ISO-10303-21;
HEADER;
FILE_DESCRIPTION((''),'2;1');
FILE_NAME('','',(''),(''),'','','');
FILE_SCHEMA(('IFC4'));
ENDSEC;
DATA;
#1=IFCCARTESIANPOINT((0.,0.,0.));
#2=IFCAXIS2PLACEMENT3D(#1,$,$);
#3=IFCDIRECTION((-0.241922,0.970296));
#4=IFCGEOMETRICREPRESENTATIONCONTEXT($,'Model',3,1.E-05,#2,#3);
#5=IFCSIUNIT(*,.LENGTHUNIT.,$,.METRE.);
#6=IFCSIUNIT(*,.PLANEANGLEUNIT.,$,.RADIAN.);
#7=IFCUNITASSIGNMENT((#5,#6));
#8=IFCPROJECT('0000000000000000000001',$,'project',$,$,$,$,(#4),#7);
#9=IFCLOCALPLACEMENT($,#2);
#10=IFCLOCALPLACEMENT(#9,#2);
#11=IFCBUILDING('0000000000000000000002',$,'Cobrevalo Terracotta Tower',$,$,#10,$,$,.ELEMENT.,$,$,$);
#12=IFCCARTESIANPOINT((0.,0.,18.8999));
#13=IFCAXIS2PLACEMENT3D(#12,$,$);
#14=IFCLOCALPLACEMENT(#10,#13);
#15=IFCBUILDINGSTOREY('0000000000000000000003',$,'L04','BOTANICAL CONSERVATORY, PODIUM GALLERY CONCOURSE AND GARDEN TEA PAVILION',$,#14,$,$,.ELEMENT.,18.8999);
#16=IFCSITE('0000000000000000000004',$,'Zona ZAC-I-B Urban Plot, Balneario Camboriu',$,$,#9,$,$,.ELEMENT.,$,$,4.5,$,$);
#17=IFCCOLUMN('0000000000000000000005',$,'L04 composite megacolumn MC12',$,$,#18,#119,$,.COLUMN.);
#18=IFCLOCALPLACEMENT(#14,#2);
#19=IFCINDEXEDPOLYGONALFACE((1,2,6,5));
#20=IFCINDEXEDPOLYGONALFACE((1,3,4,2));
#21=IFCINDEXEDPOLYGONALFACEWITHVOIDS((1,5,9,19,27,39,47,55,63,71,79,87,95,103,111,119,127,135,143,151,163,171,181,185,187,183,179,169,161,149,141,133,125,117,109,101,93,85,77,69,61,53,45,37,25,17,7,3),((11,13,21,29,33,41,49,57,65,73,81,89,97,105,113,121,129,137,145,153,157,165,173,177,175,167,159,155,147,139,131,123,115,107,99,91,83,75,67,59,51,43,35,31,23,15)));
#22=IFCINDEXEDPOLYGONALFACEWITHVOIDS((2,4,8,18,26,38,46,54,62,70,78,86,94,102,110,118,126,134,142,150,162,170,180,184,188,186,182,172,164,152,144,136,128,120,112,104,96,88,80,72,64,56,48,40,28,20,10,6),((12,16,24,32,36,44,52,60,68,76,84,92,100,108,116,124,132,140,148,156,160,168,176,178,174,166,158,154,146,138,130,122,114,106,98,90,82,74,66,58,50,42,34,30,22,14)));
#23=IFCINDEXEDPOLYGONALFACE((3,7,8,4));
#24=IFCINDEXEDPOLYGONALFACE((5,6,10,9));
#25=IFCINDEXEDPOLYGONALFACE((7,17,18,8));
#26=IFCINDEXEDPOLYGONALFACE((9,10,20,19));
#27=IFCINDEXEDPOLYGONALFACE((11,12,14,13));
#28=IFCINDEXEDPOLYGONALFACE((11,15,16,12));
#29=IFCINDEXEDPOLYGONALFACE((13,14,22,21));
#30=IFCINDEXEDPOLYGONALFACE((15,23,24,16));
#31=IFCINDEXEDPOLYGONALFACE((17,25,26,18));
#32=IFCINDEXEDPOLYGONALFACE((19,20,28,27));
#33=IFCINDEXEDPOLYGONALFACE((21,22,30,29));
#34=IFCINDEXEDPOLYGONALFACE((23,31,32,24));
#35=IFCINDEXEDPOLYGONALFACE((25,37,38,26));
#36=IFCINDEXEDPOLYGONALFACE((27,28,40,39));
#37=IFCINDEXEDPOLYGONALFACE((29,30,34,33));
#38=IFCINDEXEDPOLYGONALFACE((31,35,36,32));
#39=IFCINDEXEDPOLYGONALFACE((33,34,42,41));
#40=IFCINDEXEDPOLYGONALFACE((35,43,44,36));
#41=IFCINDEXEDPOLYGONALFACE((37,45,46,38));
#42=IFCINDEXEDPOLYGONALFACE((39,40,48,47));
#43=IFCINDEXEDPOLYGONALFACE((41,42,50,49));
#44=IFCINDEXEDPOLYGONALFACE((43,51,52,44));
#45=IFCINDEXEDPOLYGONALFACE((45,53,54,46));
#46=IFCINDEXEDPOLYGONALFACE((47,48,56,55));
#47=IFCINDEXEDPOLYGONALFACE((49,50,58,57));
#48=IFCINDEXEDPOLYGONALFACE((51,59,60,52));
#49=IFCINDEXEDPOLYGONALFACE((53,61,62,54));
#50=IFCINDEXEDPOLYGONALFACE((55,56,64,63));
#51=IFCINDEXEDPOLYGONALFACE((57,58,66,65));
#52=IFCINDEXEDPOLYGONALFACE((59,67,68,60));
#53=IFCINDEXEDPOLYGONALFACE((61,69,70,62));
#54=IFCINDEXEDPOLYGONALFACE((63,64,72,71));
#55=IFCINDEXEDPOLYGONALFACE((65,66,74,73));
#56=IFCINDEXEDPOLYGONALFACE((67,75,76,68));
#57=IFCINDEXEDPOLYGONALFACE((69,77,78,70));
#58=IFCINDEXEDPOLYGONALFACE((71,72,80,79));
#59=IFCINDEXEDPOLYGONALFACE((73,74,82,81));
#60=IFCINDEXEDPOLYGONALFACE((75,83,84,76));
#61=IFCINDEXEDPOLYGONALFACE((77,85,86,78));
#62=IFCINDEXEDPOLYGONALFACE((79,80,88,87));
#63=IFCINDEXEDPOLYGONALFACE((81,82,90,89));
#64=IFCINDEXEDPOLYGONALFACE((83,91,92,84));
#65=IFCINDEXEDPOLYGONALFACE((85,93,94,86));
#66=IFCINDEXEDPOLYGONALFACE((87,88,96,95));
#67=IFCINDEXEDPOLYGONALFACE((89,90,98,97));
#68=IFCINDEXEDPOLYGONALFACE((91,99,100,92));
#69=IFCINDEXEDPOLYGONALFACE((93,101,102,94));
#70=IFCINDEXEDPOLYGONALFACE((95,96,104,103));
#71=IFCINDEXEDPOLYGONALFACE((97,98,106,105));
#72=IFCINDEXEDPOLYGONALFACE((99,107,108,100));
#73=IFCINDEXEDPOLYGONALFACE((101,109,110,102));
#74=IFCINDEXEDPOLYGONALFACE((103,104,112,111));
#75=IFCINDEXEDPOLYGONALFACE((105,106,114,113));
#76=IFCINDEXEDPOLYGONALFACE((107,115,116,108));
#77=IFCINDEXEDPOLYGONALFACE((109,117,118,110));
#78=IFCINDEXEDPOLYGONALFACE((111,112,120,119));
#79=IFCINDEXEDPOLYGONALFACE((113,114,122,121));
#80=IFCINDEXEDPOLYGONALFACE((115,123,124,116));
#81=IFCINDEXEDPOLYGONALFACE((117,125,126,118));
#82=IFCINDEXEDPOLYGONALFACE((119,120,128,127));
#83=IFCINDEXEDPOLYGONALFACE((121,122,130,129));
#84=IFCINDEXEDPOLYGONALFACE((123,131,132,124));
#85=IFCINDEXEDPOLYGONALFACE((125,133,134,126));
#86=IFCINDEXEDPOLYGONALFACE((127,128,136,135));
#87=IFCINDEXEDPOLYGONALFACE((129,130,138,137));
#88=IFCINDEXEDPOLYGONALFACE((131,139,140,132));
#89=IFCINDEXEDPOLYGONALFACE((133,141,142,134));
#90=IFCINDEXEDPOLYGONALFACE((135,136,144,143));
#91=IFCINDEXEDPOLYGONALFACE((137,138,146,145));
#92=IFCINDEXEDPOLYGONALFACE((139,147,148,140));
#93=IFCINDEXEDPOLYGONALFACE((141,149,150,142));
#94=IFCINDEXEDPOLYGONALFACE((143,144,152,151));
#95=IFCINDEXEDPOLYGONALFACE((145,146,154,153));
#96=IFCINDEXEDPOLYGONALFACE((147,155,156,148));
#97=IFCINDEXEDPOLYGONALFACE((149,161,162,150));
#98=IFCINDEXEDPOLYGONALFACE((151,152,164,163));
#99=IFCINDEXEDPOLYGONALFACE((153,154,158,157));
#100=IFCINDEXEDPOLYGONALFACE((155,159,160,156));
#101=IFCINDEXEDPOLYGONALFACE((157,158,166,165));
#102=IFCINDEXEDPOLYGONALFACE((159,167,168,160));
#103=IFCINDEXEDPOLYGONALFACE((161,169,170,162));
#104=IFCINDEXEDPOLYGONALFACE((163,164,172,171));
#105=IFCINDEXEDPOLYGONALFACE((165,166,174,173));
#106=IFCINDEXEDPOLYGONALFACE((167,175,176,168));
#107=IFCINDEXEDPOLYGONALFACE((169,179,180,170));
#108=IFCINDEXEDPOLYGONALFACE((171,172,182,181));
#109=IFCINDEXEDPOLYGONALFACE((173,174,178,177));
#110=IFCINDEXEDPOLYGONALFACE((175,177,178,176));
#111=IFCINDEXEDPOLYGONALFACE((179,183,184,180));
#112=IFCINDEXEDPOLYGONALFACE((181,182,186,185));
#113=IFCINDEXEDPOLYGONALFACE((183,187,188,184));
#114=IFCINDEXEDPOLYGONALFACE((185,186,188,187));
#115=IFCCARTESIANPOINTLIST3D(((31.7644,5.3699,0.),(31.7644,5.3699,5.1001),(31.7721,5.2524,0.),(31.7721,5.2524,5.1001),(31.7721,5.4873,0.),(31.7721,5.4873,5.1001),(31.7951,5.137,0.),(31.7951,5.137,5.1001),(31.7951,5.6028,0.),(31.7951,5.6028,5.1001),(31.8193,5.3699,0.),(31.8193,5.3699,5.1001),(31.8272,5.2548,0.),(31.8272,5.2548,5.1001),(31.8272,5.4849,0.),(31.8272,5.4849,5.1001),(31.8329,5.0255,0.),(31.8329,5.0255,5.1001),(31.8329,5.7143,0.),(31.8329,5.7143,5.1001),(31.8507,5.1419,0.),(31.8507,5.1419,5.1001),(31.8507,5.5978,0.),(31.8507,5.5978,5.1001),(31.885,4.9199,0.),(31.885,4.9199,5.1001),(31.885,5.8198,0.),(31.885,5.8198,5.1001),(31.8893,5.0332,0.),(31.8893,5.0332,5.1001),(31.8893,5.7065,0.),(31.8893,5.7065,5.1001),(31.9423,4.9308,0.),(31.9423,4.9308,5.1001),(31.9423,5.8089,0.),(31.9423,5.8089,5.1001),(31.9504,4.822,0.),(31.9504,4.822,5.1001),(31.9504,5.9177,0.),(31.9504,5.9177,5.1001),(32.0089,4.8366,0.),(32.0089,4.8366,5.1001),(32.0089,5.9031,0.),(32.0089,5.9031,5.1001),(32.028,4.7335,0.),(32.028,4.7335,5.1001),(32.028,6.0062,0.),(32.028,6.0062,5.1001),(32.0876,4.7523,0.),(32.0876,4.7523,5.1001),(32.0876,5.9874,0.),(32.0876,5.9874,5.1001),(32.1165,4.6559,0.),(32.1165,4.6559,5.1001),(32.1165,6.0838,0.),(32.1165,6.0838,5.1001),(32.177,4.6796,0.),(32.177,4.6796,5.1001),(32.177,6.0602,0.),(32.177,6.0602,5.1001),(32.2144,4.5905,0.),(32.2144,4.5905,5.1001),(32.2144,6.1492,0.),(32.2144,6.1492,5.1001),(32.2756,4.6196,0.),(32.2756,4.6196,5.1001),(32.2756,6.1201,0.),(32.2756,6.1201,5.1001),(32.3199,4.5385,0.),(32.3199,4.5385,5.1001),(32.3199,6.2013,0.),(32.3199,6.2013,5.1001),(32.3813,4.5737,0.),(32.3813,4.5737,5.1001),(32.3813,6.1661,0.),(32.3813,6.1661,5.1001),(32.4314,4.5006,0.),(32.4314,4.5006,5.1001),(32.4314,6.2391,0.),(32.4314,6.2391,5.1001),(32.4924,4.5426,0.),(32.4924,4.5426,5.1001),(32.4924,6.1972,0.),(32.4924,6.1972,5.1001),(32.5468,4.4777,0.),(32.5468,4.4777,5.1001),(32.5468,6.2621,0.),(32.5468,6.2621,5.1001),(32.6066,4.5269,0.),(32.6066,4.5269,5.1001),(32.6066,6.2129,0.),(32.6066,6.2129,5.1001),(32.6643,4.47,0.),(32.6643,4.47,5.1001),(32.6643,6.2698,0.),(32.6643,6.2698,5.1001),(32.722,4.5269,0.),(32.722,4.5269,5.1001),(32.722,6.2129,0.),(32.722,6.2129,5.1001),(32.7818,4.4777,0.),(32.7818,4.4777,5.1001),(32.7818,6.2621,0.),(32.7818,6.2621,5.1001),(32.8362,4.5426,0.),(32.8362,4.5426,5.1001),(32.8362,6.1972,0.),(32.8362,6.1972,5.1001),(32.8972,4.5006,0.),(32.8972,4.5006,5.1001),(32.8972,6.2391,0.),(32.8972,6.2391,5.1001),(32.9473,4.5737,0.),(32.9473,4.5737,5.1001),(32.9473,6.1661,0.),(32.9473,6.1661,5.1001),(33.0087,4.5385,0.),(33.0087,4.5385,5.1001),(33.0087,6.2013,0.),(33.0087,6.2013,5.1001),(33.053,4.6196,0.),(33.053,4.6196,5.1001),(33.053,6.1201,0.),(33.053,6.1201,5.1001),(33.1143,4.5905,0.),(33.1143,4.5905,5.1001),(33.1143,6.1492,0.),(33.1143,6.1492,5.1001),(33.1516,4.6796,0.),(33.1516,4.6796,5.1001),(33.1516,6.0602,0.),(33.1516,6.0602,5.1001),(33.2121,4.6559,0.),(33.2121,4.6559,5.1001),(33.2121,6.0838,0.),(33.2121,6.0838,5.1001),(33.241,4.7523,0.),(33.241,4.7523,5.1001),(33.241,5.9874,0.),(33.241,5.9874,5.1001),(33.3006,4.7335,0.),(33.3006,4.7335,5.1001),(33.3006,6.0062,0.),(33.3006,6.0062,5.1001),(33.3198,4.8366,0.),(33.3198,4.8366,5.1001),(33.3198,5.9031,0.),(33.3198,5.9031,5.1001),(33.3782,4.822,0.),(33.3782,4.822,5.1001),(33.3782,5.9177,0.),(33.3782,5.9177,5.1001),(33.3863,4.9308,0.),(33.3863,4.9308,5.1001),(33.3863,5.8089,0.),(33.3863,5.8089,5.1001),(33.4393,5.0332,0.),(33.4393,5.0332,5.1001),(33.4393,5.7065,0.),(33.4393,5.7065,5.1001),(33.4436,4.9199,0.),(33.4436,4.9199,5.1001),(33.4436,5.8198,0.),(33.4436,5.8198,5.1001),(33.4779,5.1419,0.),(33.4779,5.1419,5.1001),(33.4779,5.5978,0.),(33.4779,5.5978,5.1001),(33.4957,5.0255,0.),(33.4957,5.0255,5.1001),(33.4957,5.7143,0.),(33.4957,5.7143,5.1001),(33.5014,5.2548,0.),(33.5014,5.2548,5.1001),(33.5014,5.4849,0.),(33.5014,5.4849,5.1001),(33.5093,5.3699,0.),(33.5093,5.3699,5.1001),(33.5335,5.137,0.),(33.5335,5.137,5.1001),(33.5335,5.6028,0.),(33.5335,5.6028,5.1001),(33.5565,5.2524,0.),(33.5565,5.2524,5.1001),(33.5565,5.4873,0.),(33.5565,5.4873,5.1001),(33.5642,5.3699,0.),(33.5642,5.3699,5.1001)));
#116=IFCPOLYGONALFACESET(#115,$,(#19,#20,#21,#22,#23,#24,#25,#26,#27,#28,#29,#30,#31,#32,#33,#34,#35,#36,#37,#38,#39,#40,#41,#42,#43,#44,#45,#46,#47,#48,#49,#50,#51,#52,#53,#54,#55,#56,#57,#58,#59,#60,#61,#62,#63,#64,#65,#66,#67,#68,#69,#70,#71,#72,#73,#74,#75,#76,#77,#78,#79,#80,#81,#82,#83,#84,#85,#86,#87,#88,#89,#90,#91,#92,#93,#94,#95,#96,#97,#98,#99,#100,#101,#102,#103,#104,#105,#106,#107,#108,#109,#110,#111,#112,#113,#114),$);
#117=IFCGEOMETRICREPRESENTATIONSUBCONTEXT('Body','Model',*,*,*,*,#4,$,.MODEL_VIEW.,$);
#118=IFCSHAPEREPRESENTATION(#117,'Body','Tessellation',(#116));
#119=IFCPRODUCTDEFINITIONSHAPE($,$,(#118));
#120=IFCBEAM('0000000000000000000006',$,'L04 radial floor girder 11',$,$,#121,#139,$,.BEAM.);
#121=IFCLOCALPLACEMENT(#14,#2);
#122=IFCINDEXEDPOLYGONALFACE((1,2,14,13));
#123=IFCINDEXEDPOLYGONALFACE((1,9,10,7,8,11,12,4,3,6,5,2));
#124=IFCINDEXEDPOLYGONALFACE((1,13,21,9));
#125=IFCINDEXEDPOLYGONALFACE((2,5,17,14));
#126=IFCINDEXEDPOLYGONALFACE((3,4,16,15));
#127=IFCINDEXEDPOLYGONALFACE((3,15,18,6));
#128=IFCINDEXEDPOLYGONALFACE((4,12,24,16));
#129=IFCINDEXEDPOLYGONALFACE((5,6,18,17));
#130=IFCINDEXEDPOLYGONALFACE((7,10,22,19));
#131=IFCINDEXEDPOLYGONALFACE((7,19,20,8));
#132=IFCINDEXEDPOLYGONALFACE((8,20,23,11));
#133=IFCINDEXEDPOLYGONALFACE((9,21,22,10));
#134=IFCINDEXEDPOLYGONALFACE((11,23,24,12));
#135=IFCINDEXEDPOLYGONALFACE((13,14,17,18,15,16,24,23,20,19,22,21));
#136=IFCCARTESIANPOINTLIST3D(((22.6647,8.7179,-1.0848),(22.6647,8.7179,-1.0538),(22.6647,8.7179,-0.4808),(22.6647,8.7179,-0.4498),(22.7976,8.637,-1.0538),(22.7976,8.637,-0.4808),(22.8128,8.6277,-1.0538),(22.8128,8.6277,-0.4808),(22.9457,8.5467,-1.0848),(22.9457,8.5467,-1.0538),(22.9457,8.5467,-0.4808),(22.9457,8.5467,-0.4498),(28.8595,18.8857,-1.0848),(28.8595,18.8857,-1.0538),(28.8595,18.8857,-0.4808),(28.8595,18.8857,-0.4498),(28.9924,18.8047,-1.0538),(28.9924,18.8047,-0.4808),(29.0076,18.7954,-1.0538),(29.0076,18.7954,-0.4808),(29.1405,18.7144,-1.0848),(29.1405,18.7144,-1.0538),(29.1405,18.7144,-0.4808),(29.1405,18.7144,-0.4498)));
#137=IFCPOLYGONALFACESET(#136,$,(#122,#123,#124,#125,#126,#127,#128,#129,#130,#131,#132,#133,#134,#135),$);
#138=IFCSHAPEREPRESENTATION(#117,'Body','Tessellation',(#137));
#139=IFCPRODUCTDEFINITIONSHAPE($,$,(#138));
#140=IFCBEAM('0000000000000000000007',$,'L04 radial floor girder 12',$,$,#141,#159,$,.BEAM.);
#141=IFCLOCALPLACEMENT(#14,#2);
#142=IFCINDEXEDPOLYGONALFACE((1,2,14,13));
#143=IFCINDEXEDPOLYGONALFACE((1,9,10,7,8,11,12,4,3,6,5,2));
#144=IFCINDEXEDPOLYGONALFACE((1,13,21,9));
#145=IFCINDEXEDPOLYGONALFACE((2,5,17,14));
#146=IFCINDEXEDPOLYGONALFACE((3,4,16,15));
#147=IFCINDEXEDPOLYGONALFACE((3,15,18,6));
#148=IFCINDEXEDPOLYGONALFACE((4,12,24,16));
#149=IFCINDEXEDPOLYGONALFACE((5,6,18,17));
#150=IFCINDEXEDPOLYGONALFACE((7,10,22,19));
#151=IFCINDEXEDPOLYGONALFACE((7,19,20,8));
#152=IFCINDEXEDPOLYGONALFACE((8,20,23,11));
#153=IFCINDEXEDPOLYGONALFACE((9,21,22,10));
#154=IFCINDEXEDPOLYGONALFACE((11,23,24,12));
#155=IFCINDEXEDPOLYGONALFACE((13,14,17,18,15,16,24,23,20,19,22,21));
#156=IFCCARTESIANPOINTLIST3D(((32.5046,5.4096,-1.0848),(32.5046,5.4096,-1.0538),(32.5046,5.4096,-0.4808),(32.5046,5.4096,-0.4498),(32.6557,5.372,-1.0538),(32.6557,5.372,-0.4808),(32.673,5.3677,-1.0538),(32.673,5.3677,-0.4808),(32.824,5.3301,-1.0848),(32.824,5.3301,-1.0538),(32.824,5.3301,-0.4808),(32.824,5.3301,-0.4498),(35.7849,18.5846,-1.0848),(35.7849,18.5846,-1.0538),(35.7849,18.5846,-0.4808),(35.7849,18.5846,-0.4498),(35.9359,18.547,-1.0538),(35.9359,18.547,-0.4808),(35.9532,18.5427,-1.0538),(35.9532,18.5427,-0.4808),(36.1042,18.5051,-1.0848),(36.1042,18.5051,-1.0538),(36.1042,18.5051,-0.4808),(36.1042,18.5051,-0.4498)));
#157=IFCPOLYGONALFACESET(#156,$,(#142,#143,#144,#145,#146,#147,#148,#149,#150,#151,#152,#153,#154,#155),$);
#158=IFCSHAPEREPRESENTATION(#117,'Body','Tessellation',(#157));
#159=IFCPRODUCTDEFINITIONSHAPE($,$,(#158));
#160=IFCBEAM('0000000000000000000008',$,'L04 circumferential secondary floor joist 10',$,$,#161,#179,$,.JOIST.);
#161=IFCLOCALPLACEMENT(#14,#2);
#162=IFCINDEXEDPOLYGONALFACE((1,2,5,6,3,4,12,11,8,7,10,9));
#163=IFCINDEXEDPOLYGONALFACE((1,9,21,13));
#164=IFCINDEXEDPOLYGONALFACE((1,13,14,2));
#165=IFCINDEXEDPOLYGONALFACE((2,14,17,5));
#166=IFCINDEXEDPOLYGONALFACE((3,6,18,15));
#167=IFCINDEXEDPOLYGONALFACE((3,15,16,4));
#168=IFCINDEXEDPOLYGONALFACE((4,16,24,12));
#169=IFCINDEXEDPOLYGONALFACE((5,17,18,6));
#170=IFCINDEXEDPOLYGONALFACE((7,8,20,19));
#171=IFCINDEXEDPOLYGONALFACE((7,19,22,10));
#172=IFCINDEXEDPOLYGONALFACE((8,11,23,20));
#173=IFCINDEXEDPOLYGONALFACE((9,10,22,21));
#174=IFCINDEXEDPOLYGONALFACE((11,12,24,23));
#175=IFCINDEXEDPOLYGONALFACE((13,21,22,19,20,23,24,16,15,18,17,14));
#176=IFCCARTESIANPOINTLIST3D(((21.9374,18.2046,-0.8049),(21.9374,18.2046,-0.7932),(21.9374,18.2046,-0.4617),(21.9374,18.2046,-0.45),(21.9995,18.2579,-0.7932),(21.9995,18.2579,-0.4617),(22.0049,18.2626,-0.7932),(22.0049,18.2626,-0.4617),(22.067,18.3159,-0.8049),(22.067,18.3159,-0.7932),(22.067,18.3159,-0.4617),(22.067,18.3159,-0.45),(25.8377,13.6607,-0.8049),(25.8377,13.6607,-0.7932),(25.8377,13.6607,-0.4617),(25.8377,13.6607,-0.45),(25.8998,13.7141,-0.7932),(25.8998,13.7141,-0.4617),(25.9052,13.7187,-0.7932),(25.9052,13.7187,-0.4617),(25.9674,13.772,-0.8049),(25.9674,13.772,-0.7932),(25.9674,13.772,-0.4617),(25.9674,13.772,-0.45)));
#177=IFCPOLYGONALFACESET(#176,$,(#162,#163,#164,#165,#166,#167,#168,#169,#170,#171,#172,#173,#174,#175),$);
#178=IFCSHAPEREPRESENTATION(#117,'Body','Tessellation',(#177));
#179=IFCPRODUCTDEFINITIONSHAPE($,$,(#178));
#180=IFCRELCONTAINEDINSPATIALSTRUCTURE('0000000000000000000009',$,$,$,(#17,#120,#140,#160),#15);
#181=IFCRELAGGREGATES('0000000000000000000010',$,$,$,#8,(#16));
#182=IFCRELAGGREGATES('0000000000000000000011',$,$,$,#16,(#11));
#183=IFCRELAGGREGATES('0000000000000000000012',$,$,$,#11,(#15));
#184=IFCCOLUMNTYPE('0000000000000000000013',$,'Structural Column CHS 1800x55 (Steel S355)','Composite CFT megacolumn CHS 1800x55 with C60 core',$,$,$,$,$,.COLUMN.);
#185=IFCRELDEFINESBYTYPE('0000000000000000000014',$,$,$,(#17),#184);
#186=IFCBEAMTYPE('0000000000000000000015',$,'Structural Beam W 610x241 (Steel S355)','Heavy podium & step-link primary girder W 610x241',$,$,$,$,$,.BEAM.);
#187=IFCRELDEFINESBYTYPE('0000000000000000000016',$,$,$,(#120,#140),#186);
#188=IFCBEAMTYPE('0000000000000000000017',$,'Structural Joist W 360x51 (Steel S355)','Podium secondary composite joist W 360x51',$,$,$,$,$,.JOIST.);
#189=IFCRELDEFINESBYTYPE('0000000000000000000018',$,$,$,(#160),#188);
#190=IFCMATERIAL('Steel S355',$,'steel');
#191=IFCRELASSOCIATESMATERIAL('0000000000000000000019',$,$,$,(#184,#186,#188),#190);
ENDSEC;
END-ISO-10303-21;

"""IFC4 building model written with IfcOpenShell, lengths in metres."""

from ifc_helpers import new_model, si_unit, direction, frame, origin, origin_2d, place, context, subcontext, project, spatial, hollow_circle, i_section, extrude, material, material_profile, profile_set, type_object, element, save


model = new_model("IFC4")

# Units and contexts
model_context = context("Model", 3, precision=1e-05, world=origin(), true_north=direction((-0.241922, 0.970296)))
body_context = subcontext(model_context, "Body", "Model", "MODEL_VIEW")
ifc_project = project(units=[si_unit("LENGTHUNIT", "METRE"), si_unit("PLANEANGLEUNIT", "RADIAN")], contexts=[model_context])

# Site, building, storey
site_placement = place(None, origin())
site = spatial("IfcSite", under=ifc_project, at=site_placement, Name="Zona ZAC-I-B Urban Plot, Balneario Camboriu", CompositionType="ELEMENT", RefElevation=4.5)
building_placement = place(site_placement, origin())
building = spatial("IfcBuilding", under=site, at=building_placement, Name="Cobrevalo Terracotta Tower", CompositionType="ELEMENT")
storey_placement = place(building_placement, frame((0.0, 0.0, 18.8999)))
storey = spatial("IfcBuildingStorey", under=building, at=storey_placement, Name="L04", Description="BOTANICAL CONSERVATORY, PODIUM GALLERY CONCOURSE AND GARDEN TEA PAVILION", CompositionType="ELEMENT", Elevation=18.8999)

# Column
ifc_material_1 = material(Name="Steel S355", Category="steel")
ifc_material_profile_1 = material_profile(ifc_material_1, hollow_circle(Radius=0.8999, WallThickness=0.0549, at=origin_2d()), Name="CHS 1800x55")
ifc_profile_set_1 = profile_set([ifc_material_profile_1], Name="Steel S355")
column_type = type_object("IfcColumnType", Name="Structural Column CHS 1800x55 (Steel S355)", Description="Composite CFT megacolumn CHS 1800x55 with C60 core", PredefinedType="COLUMN", material=ifc_profile_set_1)
for number, where, z_axis, x_axis, name in (
    (1, (32.6643, 5.3699, 0.0), (0.0, 0.0, 1.0), (1.0, 0.0, 0.0), "L04 composite megacolumn MC12"),
):
    element("IfcColumn", number, at=place(storey_placement, frame(where, z_axis=z_axis, x_axis=x_axis)), inside=storey, type_object=column_type, Name=name, PredefinedType="COLUMN", context=body_context, shape_type="SweptSolid", body=[
        extrude(hollow_circle(Radius=0.8999, WallThickness=0.0549, at=origin_2d()), origin(), (0.0, 0.0, 1.0), 5.1001),
    ])

# Beams
ifc_material_profile_2 = material_profile(ifc_material_1, i_section(OverallWidth=0.3291, OverallDepth=0.635, WebThickness=0.0178, FlangeThickness=0.031, at=origin_2d()), Name="W 610x241")
ifc_profile_set_2 = profile_set([ifc_material_profile_2], Name="Steel S355")
beam_type_1 = type_object("IfcBeamType", Name="Structural Beam W 610x241 (Steel S355)", Description="Heavy podium & step-link primary girder W 610x241", PredefinedType="BEAM", material=ifc_profile_set_2)
beam_1_placement = place(storey_placement, frame((22.8052, 8.6323, -0.7673), z_axis=(0.520301, 0.853983, 0.0), x_axis=(-0.853983, 0.520301, 0.0)))
element("IfcBeam", 2, at=beam_1_placement, inside=storey, type_object=beam_type_1, Name="L04 radial floor girder 11", PredefinedType="BEAM", context=body_context, shape_type="SweptSolid", body=[
    extrude(i_section(OverallWidth=0.3291, OverallDepth=0.635, WebThickness=0.0178, FlangeThickness=0.031, at=origin_2d()), origin(), (0.0, 0.0, 1.0), 11.9062),
])
beam_2_placement = place(storey_placement, frame((32.6643, 5.3699, -0.7673), z_axis=(0.2416, 0.970376, 0.0), x_axis=(-0.970376, 0.2416, 0.0)))
element("IfcBeam", 3, at=beam_2_placement, inside=storey, type_object=beam_type_1, Name="L04 radial floor girder 12", PredefinedType="BEAM", context=body_context, shape_type="SweptSolid", body=[
    extrude(i_section(OverallWidth=0.3291, OverallDepth=0.635, WebThickness=0.0178, FlangeThickness=0.031, at=origin_2d()), origin(), (0.0, 0.0, 1.0), 13.5771),
])
ifc_material_profile_3 = material_profile(ifc_material_1, i_section(OverallWidth=0.1709, OverallDepth=0.355, WebThickness=0.0071, FlangeThickness=0.0117, at=origin_2d()), Name="W 360x51")
ifc_profile_set_3 = profile_set([ifc_material_profile_3], Name="Steel S355")
beam_type_2 = type_object("IfcBeamType", Name="Structural Joist W 360x51 (Steel S355)", Description="Podium secondary composite joist W 360x51", PredefinedType="JOIST", material=ifc_profile_set_3)
beam_3_placement = place(storey_placement, frame((22.0022, 18.2603, -0.6274), z_axis=(0.651328, -0.758796, 0.0), x_axis=(0.758796, 0.651328, 0.0)))
element("IfcBeam", 4, at=beam_3_placement, inside=storey, type_object=beam_type_2, Name="L04 circumferential secondary floor joist 10", PredefinedType="JOIST", context=body_context, shape_type="SweptSolid", body=[
    extrude(i_section(OverallWidth=0.1709, OverallDepth=0.355, WebThickness=0.0071, FlangeThickness=0.0117, at=origin_2d()), origin(), (0.0, 0.0, 1.0), 5.9883),
])

save(model, "model.ifc")
